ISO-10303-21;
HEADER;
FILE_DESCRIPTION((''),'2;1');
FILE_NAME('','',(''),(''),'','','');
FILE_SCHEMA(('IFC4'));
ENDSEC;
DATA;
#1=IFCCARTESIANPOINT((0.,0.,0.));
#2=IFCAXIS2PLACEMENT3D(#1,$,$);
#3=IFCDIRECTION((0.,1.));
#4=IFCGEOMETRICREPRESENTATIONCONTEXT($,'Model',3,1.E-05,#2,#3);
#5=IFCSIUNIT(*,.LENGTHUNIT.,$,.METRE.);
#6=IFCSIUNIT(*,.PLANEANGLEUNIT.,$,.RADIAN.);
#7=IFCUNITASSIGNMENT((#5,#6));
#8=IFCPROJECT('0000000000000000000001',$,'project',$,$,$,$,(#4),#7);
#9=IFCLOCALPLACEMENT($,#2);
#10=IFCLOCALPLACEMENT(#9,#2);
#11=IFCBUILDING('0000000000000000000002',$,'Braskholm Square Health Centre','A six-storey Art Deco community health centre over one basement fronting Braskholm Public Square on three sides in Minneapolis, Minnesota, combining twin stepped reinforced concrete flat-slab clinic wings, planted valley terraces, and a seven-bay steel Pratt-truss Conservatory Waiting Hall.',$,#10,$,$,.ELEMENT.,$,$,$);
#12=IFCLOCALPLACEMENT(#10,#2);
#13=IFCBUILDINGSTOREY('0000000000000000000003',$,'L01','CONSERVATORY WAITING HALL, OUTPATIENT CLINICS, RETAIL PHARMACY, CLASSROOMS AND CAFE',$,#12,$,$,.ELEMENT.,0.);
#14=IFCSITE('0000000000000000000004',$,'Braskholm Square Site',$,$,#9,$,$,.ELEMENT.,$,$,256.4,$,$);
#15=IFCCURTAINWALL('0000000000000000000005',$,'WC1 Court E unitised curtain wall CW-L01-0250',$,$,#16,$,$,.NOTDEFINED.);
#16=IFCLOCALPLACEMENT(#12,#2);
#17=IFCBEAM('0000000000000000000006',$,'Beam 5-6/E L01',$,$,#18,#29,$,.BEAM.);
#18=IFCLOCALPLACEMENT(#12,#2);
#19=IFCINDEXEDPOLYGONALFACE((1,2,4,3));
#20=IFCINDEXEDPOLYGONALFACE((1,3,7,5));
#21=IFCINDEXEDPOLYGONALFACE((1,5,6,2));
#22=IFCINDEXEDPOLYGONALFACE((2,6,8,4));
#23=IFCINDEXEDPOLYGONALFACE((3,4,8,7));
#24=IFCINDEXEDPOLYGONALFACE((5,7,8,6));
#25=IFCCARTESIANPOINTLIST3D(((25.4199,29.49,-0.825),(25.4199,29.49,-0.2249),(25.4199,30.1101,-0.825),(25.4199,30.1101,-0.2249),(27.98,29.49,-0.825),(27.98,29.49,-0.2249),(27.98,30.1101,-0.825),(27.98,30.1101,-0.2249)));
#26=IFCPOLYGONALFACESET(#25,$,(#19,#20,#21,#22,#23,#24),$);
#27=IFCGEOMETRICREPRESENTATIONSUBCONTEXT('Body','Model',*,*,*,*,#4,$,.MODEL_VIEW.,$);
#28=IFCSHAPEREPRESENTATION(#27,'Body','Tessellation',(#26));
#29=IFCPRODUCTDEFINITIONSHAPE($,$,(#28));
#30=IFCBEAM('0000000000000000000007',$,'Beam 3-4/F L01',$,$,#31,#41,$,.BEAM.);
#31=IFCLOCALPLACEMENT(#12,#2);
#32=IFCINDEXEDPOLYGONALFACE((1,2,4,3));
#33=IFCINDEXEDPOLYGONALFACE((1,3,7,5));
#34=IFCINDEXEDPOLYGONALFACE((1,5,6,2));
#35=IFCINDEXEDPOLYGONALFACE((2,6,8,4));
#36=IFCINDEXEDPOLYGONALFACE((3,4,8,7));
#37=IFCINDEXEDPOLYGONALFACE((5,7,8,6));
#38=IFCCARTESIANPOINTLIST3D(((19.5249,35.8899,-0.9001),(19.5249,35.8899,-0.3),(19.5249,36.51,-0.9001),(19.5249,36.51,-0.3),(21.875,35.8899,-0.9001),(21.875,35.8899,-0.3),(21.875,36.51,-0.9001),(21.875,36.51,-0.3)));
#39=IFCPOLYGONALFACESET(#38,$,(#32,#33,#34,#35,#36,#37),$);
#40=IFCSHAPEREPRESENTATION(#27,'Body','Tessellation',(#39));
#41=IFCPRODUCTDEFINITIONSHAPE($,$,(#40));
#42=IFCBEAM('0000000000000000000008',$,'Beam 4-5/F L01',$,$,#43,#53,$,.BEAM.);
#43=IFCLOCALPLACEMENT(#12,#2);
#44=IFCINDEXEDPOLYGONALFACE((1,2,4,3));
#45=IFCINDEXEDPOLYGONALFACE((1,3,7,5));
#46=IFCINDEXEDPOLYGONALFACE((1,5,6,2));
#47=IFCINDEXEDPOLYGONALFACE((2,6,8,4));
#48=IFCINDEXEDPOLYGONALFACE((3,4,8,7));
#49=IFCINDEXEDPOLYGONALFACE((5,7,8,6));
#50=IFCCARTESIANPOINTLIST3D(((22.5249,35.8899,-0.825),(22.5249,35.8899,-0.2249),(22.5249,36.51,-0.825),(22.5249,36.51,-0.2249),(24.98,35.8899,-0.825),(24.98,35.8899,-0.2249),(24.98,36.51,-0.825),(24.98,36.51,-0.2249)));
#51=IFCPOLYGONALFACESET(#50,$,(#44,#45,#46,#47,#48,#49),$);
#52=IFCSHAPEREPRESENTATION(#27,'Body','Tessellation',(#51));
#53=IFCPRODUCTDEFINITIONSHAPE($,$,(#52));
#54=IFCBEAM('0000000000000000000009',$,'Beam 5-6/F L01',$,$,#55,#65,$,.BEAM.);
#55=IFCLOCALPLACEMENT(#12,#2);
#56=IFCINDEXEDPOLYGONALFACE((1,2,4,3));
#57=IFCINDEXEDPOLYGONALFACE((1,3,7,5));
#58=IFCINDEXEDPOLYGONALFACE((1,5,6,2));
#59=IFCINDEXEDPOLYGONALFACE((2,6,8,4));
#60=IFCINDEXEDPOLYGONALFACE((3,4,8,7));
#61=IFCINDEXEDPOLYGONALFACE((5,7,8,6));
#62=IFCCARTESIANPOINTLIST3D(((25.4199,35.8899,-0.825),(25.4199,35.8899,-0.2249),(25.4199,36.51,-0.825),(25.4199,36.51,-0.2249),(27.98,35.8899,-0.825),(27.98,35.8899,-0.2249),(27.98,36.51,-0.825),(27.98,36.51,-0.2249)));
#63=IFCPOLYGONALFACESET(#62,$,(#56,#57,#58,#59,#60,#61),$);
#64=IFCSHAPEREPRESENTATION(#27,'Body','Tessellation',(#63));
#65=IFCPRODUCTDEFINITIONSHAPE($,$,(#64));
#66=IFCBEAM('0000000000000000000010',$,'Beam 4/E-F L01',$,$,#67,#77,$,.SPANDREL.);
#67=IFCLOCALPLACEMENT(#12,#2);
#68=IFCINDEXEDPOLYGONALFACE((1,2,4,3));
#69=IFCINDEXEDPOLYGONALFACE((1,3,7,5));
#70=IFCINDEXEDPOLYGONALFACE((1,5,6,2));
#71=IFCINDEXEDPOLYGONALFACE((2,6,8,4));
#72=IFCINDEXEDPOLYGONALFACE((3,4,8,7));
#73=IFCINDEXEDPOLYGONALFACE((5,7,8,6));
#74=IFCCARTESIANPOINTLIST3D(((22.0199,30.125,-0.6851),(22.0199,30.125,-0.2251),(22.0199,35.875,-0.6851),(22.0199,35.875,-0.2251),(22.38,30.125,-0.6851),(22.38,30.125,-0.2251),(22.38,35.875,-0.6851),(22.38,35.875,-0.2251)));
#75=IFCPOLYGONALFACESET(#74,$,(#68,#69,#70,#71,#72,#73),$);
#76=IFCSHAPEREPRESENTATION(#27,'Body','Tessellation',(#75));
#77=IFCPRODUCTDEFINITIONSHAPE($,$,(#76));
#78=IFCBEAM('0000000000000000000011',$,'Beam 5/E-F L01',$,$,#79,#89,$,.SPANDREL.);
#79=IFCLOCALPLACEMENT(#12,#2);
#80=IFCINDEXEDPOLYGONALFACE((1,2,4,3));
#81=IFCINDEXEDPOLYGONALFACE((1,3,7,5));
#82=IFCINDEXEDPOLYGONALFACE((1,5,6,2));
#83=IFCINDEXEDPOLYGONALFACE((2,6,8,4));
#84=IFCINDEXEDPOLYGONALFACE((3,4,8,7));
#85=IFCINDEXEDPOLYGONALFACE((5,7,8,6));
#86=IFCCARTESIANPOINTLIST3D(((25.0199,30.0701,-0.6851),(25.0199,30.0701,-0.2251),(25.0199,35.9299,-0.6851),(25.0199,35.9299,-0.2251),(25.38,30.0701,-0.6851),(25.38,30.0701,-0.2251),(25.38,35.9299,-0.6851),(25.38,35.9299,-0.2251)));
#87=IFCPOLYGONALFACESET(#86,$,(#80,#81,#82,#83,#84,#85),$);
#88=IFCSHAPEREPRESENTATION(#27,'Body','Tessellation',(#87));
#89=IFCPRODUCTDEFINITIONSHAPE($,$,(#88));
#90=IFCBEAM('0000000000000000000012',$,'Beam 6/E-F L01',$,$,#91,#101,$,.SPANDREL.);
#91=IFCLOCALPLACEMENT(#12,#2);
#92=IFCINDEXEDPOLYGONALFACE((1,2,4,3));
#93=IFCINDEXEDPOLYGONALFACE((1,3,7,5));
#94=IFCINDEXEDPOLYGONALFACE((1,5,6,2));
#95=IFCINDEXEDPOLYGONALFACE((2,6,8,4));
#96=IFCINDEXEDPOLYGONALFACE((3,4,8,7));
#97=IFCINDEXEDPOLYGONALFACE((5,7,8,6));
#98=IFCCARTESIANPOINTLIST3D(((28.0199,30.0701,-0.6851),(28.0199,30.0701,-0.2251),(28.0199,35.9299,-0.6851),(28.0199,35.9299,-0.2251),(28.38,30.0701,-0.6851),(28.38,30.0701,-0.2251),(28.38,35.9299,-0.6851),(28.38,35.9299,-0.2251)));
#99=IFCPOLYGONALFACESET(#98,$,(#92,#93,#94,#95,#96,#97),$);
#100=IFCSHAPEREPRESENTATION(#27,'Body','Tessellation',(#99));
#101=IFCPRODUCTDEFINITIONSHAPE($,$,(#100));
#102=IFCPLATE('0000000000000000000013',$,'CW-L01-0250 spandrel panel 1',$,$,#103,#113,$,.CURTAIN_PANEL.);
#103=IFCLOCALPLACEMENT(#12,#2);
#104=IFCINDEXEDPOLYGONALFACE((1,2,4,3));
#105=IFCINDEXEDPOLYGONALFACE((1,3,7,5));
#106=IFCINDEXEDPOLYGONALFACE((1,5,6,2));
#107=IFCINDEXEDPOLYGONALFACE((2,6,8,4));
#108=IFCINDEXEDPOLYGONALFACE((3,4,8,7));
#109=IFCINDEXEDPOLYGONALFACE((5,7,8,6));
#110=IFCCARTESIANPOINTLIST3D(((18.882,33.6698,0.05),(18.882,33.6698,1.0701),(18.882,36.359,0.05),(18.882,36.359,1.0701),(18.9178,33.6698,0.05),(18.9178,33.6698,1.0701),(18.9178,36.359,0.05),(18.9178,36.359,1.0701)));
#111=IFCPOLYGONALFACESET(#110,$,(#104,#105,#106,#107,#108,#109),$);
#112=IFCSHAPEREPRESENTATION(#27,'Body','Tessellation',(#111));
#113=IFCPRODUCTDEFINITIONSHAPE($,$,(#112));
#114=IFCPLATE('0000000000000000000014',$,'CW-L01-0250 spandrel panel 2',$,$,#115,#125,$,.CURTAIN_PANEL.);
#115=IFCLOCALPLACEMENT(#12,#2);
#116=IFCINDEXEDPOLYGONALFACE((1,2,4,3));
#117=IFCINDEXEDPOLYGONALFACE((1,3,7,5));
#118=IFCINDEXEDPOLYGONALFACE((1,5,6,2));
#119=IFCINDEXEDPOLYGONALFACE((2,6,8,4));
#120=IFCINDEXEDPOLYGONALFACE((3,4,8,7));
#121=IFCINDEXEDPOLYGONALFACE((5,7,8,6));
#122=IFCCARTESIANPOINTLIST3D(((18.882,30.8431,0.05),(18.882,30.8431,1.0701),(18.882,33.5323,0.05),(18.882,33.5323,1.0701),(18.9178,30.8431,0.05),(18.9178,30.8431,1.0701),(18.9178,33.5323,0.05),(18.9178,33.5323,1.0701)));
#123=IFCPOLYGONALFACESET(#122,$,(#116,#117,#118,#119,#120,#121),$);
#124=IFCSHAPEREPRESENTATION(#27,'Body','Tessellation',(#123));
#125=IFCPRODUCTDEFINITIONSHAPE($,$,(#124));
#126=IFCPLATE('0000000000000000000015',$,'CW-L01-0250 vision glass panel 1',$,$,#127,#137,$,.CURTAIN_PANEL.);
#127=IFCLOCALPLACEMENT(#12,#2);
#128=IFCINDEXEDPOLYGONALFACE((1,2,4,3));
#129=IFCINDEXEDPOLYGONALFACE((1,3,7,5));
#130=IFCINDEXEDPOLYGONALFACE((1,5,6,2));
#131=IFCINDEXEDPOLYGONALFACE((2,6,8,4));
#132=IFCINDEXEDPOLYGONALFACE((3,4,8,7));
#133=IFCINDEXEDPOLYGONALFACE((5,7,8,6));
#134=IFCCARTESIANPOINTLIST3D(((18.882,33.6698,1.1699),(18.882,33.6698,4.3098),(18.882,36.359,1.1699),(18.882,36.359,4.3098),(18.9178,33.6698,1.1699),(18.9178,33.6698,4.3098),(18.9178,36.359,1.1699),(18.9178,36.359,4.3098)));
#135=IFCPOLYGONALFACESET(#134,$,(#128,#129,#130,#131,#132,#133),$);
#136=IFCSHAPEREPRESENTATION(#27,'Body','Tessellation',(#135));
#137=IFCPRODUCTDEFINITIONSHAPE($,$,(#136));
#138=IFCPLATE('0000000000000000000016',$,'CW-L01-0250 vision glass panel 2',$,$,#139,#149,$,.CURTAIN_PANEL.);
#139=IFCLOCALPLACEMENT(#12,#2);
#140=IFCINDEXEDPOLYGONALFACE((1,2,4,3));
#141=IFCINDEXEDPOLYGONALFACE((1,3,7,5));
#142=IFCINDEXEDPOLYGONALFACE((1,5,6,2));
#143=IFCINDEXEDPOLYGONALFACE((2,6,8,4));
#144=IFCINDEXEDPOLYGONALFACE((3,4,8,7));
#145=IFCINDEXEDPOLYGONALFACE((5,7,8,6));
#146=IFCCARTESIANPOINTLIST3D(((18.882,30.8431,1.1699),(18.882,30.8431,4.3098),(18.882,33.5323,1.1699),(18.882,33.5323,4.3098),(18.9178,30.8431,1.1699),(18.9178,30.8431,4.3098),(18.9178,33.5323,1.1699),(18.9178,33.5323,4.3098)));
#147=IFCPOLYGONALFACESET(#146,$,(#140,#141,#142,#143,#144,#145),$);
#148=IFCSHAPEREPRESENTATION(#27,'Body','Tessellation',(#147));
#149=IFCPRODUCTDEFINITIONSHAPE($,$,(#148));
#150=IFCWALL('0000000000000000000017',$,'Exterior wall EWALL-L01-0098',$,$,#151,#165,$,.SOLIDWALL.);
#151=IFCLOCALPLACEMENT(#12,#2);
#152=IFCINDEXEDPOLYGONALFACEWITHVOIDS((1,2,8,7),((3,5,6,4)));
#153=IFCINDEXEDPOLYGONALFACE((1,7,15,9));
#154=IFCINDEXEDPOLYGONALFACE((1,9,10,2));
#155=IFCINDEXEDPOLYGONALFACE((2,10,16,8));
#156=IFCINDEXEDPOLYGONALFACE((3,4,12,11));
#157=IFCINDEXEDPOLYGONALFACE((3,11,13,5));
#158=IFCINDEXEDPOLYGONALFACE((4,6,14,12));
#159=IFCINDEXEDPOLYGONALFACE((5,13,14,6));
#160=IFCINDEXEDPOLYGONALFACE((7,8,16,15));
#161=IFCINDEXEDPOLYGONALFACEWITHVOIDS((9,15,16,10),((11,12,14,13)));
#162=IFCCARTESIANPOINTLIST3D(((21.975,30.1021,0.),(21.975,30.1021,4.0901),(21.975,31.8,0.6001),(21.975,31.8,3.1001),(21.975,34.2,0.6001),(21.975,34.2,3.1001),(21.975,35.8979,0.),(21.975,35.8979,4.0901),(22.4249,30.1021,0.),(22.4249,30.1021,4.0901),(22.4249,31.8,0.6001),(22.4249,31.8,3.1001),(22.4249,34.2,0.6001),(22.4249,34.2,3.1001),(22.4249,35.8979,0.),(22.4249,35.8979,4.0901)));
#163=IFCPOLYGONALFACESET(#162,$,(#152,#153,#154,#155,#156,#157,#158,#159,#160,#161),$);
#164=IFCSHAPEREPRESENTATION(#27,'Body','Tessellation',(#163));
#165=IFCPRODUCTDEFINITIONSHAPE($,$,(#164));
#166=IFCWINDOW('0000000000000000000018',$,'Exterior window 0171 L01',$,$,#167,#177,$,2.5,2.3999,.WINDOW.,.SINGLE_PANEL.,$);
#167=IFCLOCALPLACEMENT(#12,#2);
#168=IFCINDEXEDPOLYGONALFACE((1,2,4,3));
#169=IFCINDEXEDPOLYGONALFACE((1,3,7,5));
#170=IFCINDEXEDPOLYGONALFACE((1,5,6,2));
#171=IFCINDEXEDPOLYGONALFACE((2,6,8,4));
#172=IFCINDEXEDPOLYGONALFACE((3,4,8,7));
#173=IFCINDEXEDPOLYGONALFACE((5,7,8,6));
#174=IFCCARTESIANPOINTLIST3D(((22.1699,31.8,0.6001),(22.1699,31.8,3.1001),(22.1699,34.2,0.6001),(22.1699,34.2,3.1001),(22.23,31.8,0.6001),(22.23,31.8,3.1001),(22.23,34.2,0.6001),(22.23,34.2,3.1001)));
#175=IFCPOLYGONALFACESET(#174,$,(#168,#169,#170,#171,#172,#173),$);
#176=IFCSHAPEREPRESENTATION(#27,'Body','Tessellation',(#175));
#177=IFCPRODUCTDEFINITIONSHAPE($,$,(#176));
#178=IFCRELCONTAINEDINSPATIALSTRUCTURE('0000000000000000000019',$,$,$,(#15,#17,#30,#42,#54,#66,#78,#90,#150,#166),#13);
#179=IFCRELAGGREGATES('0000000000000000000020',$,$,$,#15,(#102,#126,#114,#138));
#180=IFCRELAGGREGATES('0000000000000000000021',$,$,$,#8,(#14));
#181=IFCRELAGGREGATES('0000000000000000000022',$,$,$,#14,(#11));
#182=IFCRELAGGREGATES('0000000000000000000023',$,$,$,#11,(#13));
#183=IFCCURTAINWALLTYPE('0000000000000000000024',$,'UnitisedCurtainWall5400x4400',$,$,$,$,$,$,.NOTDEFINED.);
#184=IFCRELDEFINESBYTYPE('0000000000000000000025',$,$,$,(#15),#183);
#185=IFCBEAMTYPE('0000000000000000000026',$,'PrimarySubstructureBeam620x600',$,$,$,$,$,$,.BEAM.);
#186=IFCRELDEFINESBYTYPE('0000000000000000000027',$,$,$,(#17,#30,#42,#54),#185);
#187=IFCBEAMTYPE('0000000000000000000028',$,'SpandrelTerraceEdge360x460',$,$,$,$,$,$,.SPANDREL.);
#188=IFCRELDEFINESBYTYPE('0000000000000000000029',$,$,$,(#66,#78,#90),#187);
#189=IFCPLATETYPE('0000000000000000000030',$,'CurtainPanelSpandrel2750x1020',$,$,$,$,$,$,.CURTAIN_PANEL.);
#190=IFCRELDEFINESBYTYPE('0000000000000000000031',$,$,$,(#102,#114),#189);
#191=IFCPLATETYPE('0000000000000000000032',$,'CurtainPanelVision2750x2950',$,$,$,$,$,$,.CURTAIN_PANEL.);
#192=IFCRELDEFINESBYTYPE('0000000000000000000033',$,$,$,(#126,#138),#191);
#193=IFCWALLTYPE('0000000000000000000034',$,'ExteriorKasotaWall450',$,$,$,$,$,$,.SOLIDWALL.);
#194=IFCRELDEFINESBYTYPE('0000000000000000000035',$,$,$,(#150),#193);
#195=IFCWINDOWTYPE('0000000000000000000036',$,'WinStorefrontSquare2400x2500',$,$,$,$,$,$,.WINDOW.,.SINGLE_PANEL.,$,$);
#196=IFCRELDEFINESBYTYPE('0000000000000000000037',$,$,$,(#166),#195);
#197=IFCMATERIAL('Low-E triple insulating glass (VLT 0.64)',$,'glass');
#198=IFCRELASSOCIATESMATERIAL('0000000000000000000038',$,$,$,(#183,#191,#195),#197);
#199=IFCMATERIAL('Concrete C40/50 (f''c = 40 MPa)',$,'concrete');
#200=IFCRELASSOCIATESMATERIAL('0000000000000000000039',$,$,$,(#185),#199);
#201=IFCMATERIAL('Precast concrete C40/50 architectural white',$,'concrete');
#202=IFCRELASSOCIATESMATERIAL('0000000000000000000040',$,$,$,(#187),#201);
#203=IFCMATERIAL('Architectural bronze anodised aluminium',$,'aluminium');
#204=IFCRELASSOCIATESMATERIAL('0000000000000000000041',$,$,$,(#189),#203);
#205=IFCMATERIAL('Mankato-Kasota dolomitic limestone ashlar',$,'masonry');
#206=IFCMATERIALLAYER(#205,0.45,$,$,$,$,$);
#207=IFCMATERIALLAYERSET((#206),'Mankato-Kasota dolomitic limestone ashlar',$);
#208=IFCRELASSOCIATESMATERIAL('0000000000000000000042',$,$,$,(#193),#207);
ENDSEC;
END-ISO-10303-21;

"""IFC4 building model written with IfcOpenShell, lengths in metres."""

from ifc_helpers import new_model, si_unit, direction, frame, frame_2d, origin, origin_with_axes, origin_2d, place, context, subcontext, project, spatial, rectangle, extrude, material, layer, layer_set, material_profile, profile_set, type_object, element, fill, aggregate, save


model = new_model("IFC4")

# Units and contexts
model_context = context("Model", 3, precision=1e-05, world=origin(), true_north=direction((0.0, 1.0)))
body_context = subcontext(model_context, "Body", "Model", "MODEL_VIEW")
ifc_project = project(units=[si_unit("LENGTHUNIT", "METRE"), si_unit("PLANEANGLEUNIT", "RADIAN")], contexts=[model_context])

# Site, building, storey
site_placement = place(None, origin())
site = spatial("IfcSite", under=ifc_project, at=site_placement, Name="Braskholm Square Site", CompositionType="ELEMENT", RefElevation=256.4)
building_placement = place(site_placement, origin())
building = spatial("IfcBuilding", under=site, at=building_placement, Name="Braskholm Square Health Centre", Description="A six-storey Art Deco community health centre over one basement fronting Braskholm Public Square on three sides in Minneapolis, Minnesota, combining twin stepped reinforced concrete flat-slab clinic wings, planted valley terraces, and a seven-bay steel Pratt-truss Conservatory Waiting Hall.", CompositionType="ELEMENT")
storey_placement = place(building_placement, origin())
storey = spatial("IfcBuildingStorey", under=building, at=storey_placement, Name="L01", Description="CONSERVATORY WAITING HALL, OUTPATIENT CLINICS, RETAIL PHARMACY, CLASSROOMS AND CAFE", CompositionType="ELEMENT", Elevation=0.0)

# Shared definitions
ifc_material_1 = material(Name="Concrete C40/50 (f'c = 40 MPa)", Category="concrete")
ifc_material_2 = material(Name="Precast concrete C40/50 architectural white", Category="concrete")

# Curtain wall
ifc_material_3 = material(Name="Low-E triple insulating glass (VLT 0.64)", Category="glass")
curtain_wall_type = type_object("IfcCurtainWallType", Name="UnitisedCurtainWall5400x4400", PredefinedType="NOTDEFINED", material=ifc_material_3)
curtain_wall_placement = place(storey_placement, origin())
curtain_wall = element("IfcCurtainWall", 1, at=curtain_wall_placement, inside=storey, type_object=curtain_wall_type, Name="WC1 Court E unitised curtain wall CW-L01-0250", PredefinedType="NOTDEFINED")
ifc_material_4 = material(Name="Architectural bronze anodised aluminium", Category="aluminium")

# Beams
ifc_material_profile_1 = material_profile(ifc_material_1, rectangle(XDim=0.6201, YDim=0.6001, at=origin_2d()), Name="RCB-620X600")
ifc_profile_set_1 = profile_set([ifc_material_profile_1], Name="Concrete C40/50 (f'c = 40 MPa)")
beam_type_1 = type_object("IfcBeamType", Name="PrimarySubstructureBeam620x600", PredefinedType="BEAM", material=ifc_profile_set_1)
beam_1_placement = place(storey_placement, frame((25.4199, 29.8, -0.5249), z_axis=(1.0, 0.0, 0.0), x_axis=(0.0, 1.0, 0.0)))
element("IfcBeam", 2, at=beam_1_placement, inside=storey, type_object=beam_type_1, Name="Beam 5-6/E L01", PredefinedType="BEAM", context=body_context, shape_type="SweptSolid", body=[
    extrude(rectangle(XDim=0.6201, YDim=0.6001, at=origin_2d()), origin(), (0.0, 0.0, 1.0), 2.5601),
])
beam_2_placement = place(storey_placement, frame((19.5249, 36.2, -0.6001), z_axis=(1.0, 0.0, 0.0), x_axis=(0.0, 1.0, 0.0)))
element("IfcBeam", 3, at=beam_2_placement, inside=storey, type_object=beam_type_1, Name="Beam 3-4/F L01", PredefinedType="BEAM", context=body_context, shape_type="SweptSolid", body=[
    extrude(rectangle(XDim=0.6201, YDim=0.6001, at=origin_2d()), origin(), (0.0, 0.0, 1.0), 2.3501),
])
beam_3_placement = place(storey_placement, frame((22.5249, 36.2, -0.5249), z_axis=(1.0, 0.0, 0.0), x_axis=(0.0, 1.0, 0.0)))
element("IfcBeam", 4, at=beam_3_placement, inside=storey, type_object=beam_type_1, Name="Beam 4-5/F L01", PredefinedType="BEAM", context=body_context, shape_type="SweptSolid", body=[
    extrude(rectangle(XDim=0.6201, YDim=0.6001, at=origin_2d()), origin(), (0.0, 0.0, 1.0), 2.4551),
])
beam_4_placement = place(storey_placement, frame((25.4199, 36.2, -0.5249), z_axis=(1.0, 0.0, 0.0), x_axis=(0.0, 1.0, 0.0)))
element("IfcBeam", 5, at=beam_4_placement, inside=storey, type_object=beam_type_1, Name="Beam 5-6/F L01", PredefinedType="BEAM", context=body_context, shape_type="SweptSolid", body=[
    extrude(rectangle(XDim=0.6201, YDim=0.6001, at=origin_2d()), origin(), (0.0, 0.0, 1.0), 2.5601),
])
ifc_material_profile_2 = material_profile(ifc_material_2, rectangle(XDim=0.3601, YDim=0.46, at=origin_2d()), Name="RCB-360X460")
ifc_profile_set_2 = profile_set([ifc_material_profile_2], Name="Precast concrete C40/50 architectural white")
beam_type_2 = type_object("IfcBeamType", Name="SpandrelTerraceEdge360x460", PredefinedType="SPANDREL", material=ifc_profile_set_2)
beam_5_placement = place(storey_placement, frame((22.2, 30.125, -0.4551), z_axis=(0.0, 1.0, 0.0), x_axis=(-1.0, 0.0, 0.0)))
element("IfcBeam", 6, at=beam_5_placement, inside=storey, type_object=beam_type_2, Name="Beam 4/E-F L01", PredefinedType="SPANDREL", context=body_context, shape_type="SweptSolid", body=[
    extrude(rectangle(XDim=0.3601, YDim=0.46, at=origin_2d()), origin(), (0.0, 0.0, 1.0), 5.75),
])
for number, where, z_axis, x_axis, name in (
    (7, (25.2, 30.0701, -0.4551), (0.0, 1.0, 0.0), (-1.0, 0.0, 0.0), "Beam 5/E-F L01"),
    (8, (28.2, 30.0701, -0.4551), (0.0, 1.0, 0.0), (-1.0, 0.0, 0.0), "Beam 6/E-F L01"),
):
    element("IfcBeam", number, at=place(storey_placement, frame(where, z_axis=z_axis, x_axis=x_axis)), inside=storey, type_object=beam_type_2, Name=name, PredefinedType="SPANDREL", context=body_context, shape_type="SweptSolid", body=[
        extrude(rectangle(XDim=0.3601, YDim=0.46, at=origin_2d()), origin(), (0.0, 0.0, 1.0), 5.8599),
    ])

# Plates
plate_type_1 = type_object("IfcPlateType", Name="CurtainPanelSpandrel2750x1020", PredefinedType="CURTAIN_PANEL", material=ifc_material_4)
plate_1_placement = place(storey_placement, frame((18.8999, 35.0144, 0.05), z_axis=(0.0, 0.0, 1.0), x_axis=(0.0, -1.0, 0.0)))
plate_1 = element("IfcPlate", 9, at=plate_1_placement, type_object=plate_type_1, Name="CW-L01-0250 spandrel panel 1", PredefinedType="CURTAIN_PANEL", context=body_context, shape_type="SweptSolid", body=[
    extrude(rectangle(XDim=2.6892, YDim=0.0359, at=origin_2d()), origin(), (0.0, 0.0, 1.0), 1.02),
])
plate_2_placement = place(storey_placement, frame((18.8999, 32.1877, 0.05), z_axis=(0.0, 0.0, 1.0), x_axis=(0.0, -1.0, 0.0)))
plate_2 = element("IfcPlate", 10, at=plate_2_placement, type_object=plate_type_1, Name="CW-L01-0250 spandrel panel 2", PredefinedType="CURTAIN_PANEL", context=body_context, shape_type="SweptSolid", body=[
    extrude(rectangle(XDim=2.6892, YDim=0.0359, at=origin_2d()), origin(), (0.0, 0.0, 1.0), 1.02),
])
plate_type_2 = type_object("IfcPlateType", Name="CurtainPanelVision2750x2950", PredefinedType="CURTAIN_PANEL", material=ifc_material_3)
plate_3_placement = place(storey_placement, frame((18.8999, 35.0144, 1.1699), z_axis=(0.0, 0.0, 1.0), x_axis=(0.0, -1.0, 0.0)))
plate_3 = element("IfcPlate", 11, at=plate_3_placement, type_object=plate_type_2, Name="CW-L01-0250 vision glass panel 1", PredefinedType="CURTAIN_PANEL", context=body_context, shape_type="SweptSolid", body=[
    extrude(rectangle(XDim=2.6892, YDim=0.0359, at=origin_2d()), origin(), (0.0, 0.0, 1.0), 3.1399),
])
plate_4_placement = place(storey_placement, frame((18.8999, 32.1877, 1.1699), z_axis=(0.0, 0.0, 1.0), x_axis=(0.0, -1.0, 0.0)))
plate_4 = element("IfcPlate", 12, at=plate_4_placement, type_object=plate_type_2, Name="CW-L01-0250 vision glass panel 2", PredefinedType="CURTAIN_PANEL", context=body_context, shape_type="SweptSolid", body=[
    extrude(rectangle(XDim=2.6892, YDim=0.0359, at=origin_2d()), origin(), (0.0, 0.0, 1.0), 3.1399),
])
aggregate(curtain_wall, [plate_1, plate_3, plate_2, plate_4])

# Wall, opening, window
ifc_material_5 = material(Name="Mankato-Kasota dolomitic limestone ashlar", Category="masonry")
ifc_layer_1 = layer(ifc_material_5, 0.45)
ifc_layer_set_1 = layer_set([ifc_layer_1], Name="Mankato-Kasota dolomitic limestone ashlar")
wall_type_1 = type_object("IfcWallType", Name="ExteriorKasotaWall450", PredefinedType="SOLIDWALL", material=ifc_layer_set_1)
wall_1_placement = place(storey_placement, frame((22.2, 30.1021, 0.0), z_axis=(0.0, 0.0, 1.0), x_axis=(0.0, 1.0, 0.0)))
wall_1 = element("IfcWall", 13, at=wall_1_placement, inside=storey, type_object=wall_type_1, Name="Exterior wall EWALL-L01-0098", PredefinedType="SOLIDWALL", context=body_context, shape_type="SweptSolid", body=[
    extrude(rectangle(XDim=5.7959, YDim=0.45, at=frame_2d((2.8979, 0.0))), origin(), (0.0, 0.0, 1.0), 4.0901),
])
opening_1_placement = place(wall_1_placement, frame((1.698, 0.0, 0.6001)))
opening_1 = element("IfcOpeningElement", 14, at=opening_1_placement, cuts=wall_1, PredefinedType="OPENING", context=body_context, shape_type="SweptSolid", body=[
    extrude(rectangle(XDim=2.3999, YDim=2.5, at=frame_2d((1.2, 1.25))), frame((0.0, 0.2349, 0.0), z_axis=(0.0, -1.0, 0.0), x_axis=(1.0, 0.0, 0.0)), (0.0, 0.0, 1.0), 0.47),
])
window_type_1 = type_object("IfcWindowType", Name="WinStorefrontSquare2400x2500", PartitioningType="SINGLE_PANEL", PredefinedType="WINDOW", material=ifc_material_3)
window_1_placement = place(opening_1_placement, origin_with_axes())
window_1 = element("IfcWindow", 15, at=window_1_placement, inside=storey, type_object=window_type_1, Name="Exterior window 0171 L01", OverallHeight=2.5, OverallWidth=2.3999, PartitioningType="SINGLE_PANEL", PredefinedType="WINDOW", context=body_context, shape_type="SweptSolid", body=[
    extrude(rectangle(XDim=2.3999, YDim=2.5, at=frame_2d((1.2, 1.25))), frame((0.0, 0.03, 0.0), z_axis=(0.0, -1.0, 0.0), x_axis=(1.0, 0.0, 0.0)), (0.0, 0.0, 1.0), 0.0601),
])
fill(opening_1, window_1)

save(model, "model.ifc")
